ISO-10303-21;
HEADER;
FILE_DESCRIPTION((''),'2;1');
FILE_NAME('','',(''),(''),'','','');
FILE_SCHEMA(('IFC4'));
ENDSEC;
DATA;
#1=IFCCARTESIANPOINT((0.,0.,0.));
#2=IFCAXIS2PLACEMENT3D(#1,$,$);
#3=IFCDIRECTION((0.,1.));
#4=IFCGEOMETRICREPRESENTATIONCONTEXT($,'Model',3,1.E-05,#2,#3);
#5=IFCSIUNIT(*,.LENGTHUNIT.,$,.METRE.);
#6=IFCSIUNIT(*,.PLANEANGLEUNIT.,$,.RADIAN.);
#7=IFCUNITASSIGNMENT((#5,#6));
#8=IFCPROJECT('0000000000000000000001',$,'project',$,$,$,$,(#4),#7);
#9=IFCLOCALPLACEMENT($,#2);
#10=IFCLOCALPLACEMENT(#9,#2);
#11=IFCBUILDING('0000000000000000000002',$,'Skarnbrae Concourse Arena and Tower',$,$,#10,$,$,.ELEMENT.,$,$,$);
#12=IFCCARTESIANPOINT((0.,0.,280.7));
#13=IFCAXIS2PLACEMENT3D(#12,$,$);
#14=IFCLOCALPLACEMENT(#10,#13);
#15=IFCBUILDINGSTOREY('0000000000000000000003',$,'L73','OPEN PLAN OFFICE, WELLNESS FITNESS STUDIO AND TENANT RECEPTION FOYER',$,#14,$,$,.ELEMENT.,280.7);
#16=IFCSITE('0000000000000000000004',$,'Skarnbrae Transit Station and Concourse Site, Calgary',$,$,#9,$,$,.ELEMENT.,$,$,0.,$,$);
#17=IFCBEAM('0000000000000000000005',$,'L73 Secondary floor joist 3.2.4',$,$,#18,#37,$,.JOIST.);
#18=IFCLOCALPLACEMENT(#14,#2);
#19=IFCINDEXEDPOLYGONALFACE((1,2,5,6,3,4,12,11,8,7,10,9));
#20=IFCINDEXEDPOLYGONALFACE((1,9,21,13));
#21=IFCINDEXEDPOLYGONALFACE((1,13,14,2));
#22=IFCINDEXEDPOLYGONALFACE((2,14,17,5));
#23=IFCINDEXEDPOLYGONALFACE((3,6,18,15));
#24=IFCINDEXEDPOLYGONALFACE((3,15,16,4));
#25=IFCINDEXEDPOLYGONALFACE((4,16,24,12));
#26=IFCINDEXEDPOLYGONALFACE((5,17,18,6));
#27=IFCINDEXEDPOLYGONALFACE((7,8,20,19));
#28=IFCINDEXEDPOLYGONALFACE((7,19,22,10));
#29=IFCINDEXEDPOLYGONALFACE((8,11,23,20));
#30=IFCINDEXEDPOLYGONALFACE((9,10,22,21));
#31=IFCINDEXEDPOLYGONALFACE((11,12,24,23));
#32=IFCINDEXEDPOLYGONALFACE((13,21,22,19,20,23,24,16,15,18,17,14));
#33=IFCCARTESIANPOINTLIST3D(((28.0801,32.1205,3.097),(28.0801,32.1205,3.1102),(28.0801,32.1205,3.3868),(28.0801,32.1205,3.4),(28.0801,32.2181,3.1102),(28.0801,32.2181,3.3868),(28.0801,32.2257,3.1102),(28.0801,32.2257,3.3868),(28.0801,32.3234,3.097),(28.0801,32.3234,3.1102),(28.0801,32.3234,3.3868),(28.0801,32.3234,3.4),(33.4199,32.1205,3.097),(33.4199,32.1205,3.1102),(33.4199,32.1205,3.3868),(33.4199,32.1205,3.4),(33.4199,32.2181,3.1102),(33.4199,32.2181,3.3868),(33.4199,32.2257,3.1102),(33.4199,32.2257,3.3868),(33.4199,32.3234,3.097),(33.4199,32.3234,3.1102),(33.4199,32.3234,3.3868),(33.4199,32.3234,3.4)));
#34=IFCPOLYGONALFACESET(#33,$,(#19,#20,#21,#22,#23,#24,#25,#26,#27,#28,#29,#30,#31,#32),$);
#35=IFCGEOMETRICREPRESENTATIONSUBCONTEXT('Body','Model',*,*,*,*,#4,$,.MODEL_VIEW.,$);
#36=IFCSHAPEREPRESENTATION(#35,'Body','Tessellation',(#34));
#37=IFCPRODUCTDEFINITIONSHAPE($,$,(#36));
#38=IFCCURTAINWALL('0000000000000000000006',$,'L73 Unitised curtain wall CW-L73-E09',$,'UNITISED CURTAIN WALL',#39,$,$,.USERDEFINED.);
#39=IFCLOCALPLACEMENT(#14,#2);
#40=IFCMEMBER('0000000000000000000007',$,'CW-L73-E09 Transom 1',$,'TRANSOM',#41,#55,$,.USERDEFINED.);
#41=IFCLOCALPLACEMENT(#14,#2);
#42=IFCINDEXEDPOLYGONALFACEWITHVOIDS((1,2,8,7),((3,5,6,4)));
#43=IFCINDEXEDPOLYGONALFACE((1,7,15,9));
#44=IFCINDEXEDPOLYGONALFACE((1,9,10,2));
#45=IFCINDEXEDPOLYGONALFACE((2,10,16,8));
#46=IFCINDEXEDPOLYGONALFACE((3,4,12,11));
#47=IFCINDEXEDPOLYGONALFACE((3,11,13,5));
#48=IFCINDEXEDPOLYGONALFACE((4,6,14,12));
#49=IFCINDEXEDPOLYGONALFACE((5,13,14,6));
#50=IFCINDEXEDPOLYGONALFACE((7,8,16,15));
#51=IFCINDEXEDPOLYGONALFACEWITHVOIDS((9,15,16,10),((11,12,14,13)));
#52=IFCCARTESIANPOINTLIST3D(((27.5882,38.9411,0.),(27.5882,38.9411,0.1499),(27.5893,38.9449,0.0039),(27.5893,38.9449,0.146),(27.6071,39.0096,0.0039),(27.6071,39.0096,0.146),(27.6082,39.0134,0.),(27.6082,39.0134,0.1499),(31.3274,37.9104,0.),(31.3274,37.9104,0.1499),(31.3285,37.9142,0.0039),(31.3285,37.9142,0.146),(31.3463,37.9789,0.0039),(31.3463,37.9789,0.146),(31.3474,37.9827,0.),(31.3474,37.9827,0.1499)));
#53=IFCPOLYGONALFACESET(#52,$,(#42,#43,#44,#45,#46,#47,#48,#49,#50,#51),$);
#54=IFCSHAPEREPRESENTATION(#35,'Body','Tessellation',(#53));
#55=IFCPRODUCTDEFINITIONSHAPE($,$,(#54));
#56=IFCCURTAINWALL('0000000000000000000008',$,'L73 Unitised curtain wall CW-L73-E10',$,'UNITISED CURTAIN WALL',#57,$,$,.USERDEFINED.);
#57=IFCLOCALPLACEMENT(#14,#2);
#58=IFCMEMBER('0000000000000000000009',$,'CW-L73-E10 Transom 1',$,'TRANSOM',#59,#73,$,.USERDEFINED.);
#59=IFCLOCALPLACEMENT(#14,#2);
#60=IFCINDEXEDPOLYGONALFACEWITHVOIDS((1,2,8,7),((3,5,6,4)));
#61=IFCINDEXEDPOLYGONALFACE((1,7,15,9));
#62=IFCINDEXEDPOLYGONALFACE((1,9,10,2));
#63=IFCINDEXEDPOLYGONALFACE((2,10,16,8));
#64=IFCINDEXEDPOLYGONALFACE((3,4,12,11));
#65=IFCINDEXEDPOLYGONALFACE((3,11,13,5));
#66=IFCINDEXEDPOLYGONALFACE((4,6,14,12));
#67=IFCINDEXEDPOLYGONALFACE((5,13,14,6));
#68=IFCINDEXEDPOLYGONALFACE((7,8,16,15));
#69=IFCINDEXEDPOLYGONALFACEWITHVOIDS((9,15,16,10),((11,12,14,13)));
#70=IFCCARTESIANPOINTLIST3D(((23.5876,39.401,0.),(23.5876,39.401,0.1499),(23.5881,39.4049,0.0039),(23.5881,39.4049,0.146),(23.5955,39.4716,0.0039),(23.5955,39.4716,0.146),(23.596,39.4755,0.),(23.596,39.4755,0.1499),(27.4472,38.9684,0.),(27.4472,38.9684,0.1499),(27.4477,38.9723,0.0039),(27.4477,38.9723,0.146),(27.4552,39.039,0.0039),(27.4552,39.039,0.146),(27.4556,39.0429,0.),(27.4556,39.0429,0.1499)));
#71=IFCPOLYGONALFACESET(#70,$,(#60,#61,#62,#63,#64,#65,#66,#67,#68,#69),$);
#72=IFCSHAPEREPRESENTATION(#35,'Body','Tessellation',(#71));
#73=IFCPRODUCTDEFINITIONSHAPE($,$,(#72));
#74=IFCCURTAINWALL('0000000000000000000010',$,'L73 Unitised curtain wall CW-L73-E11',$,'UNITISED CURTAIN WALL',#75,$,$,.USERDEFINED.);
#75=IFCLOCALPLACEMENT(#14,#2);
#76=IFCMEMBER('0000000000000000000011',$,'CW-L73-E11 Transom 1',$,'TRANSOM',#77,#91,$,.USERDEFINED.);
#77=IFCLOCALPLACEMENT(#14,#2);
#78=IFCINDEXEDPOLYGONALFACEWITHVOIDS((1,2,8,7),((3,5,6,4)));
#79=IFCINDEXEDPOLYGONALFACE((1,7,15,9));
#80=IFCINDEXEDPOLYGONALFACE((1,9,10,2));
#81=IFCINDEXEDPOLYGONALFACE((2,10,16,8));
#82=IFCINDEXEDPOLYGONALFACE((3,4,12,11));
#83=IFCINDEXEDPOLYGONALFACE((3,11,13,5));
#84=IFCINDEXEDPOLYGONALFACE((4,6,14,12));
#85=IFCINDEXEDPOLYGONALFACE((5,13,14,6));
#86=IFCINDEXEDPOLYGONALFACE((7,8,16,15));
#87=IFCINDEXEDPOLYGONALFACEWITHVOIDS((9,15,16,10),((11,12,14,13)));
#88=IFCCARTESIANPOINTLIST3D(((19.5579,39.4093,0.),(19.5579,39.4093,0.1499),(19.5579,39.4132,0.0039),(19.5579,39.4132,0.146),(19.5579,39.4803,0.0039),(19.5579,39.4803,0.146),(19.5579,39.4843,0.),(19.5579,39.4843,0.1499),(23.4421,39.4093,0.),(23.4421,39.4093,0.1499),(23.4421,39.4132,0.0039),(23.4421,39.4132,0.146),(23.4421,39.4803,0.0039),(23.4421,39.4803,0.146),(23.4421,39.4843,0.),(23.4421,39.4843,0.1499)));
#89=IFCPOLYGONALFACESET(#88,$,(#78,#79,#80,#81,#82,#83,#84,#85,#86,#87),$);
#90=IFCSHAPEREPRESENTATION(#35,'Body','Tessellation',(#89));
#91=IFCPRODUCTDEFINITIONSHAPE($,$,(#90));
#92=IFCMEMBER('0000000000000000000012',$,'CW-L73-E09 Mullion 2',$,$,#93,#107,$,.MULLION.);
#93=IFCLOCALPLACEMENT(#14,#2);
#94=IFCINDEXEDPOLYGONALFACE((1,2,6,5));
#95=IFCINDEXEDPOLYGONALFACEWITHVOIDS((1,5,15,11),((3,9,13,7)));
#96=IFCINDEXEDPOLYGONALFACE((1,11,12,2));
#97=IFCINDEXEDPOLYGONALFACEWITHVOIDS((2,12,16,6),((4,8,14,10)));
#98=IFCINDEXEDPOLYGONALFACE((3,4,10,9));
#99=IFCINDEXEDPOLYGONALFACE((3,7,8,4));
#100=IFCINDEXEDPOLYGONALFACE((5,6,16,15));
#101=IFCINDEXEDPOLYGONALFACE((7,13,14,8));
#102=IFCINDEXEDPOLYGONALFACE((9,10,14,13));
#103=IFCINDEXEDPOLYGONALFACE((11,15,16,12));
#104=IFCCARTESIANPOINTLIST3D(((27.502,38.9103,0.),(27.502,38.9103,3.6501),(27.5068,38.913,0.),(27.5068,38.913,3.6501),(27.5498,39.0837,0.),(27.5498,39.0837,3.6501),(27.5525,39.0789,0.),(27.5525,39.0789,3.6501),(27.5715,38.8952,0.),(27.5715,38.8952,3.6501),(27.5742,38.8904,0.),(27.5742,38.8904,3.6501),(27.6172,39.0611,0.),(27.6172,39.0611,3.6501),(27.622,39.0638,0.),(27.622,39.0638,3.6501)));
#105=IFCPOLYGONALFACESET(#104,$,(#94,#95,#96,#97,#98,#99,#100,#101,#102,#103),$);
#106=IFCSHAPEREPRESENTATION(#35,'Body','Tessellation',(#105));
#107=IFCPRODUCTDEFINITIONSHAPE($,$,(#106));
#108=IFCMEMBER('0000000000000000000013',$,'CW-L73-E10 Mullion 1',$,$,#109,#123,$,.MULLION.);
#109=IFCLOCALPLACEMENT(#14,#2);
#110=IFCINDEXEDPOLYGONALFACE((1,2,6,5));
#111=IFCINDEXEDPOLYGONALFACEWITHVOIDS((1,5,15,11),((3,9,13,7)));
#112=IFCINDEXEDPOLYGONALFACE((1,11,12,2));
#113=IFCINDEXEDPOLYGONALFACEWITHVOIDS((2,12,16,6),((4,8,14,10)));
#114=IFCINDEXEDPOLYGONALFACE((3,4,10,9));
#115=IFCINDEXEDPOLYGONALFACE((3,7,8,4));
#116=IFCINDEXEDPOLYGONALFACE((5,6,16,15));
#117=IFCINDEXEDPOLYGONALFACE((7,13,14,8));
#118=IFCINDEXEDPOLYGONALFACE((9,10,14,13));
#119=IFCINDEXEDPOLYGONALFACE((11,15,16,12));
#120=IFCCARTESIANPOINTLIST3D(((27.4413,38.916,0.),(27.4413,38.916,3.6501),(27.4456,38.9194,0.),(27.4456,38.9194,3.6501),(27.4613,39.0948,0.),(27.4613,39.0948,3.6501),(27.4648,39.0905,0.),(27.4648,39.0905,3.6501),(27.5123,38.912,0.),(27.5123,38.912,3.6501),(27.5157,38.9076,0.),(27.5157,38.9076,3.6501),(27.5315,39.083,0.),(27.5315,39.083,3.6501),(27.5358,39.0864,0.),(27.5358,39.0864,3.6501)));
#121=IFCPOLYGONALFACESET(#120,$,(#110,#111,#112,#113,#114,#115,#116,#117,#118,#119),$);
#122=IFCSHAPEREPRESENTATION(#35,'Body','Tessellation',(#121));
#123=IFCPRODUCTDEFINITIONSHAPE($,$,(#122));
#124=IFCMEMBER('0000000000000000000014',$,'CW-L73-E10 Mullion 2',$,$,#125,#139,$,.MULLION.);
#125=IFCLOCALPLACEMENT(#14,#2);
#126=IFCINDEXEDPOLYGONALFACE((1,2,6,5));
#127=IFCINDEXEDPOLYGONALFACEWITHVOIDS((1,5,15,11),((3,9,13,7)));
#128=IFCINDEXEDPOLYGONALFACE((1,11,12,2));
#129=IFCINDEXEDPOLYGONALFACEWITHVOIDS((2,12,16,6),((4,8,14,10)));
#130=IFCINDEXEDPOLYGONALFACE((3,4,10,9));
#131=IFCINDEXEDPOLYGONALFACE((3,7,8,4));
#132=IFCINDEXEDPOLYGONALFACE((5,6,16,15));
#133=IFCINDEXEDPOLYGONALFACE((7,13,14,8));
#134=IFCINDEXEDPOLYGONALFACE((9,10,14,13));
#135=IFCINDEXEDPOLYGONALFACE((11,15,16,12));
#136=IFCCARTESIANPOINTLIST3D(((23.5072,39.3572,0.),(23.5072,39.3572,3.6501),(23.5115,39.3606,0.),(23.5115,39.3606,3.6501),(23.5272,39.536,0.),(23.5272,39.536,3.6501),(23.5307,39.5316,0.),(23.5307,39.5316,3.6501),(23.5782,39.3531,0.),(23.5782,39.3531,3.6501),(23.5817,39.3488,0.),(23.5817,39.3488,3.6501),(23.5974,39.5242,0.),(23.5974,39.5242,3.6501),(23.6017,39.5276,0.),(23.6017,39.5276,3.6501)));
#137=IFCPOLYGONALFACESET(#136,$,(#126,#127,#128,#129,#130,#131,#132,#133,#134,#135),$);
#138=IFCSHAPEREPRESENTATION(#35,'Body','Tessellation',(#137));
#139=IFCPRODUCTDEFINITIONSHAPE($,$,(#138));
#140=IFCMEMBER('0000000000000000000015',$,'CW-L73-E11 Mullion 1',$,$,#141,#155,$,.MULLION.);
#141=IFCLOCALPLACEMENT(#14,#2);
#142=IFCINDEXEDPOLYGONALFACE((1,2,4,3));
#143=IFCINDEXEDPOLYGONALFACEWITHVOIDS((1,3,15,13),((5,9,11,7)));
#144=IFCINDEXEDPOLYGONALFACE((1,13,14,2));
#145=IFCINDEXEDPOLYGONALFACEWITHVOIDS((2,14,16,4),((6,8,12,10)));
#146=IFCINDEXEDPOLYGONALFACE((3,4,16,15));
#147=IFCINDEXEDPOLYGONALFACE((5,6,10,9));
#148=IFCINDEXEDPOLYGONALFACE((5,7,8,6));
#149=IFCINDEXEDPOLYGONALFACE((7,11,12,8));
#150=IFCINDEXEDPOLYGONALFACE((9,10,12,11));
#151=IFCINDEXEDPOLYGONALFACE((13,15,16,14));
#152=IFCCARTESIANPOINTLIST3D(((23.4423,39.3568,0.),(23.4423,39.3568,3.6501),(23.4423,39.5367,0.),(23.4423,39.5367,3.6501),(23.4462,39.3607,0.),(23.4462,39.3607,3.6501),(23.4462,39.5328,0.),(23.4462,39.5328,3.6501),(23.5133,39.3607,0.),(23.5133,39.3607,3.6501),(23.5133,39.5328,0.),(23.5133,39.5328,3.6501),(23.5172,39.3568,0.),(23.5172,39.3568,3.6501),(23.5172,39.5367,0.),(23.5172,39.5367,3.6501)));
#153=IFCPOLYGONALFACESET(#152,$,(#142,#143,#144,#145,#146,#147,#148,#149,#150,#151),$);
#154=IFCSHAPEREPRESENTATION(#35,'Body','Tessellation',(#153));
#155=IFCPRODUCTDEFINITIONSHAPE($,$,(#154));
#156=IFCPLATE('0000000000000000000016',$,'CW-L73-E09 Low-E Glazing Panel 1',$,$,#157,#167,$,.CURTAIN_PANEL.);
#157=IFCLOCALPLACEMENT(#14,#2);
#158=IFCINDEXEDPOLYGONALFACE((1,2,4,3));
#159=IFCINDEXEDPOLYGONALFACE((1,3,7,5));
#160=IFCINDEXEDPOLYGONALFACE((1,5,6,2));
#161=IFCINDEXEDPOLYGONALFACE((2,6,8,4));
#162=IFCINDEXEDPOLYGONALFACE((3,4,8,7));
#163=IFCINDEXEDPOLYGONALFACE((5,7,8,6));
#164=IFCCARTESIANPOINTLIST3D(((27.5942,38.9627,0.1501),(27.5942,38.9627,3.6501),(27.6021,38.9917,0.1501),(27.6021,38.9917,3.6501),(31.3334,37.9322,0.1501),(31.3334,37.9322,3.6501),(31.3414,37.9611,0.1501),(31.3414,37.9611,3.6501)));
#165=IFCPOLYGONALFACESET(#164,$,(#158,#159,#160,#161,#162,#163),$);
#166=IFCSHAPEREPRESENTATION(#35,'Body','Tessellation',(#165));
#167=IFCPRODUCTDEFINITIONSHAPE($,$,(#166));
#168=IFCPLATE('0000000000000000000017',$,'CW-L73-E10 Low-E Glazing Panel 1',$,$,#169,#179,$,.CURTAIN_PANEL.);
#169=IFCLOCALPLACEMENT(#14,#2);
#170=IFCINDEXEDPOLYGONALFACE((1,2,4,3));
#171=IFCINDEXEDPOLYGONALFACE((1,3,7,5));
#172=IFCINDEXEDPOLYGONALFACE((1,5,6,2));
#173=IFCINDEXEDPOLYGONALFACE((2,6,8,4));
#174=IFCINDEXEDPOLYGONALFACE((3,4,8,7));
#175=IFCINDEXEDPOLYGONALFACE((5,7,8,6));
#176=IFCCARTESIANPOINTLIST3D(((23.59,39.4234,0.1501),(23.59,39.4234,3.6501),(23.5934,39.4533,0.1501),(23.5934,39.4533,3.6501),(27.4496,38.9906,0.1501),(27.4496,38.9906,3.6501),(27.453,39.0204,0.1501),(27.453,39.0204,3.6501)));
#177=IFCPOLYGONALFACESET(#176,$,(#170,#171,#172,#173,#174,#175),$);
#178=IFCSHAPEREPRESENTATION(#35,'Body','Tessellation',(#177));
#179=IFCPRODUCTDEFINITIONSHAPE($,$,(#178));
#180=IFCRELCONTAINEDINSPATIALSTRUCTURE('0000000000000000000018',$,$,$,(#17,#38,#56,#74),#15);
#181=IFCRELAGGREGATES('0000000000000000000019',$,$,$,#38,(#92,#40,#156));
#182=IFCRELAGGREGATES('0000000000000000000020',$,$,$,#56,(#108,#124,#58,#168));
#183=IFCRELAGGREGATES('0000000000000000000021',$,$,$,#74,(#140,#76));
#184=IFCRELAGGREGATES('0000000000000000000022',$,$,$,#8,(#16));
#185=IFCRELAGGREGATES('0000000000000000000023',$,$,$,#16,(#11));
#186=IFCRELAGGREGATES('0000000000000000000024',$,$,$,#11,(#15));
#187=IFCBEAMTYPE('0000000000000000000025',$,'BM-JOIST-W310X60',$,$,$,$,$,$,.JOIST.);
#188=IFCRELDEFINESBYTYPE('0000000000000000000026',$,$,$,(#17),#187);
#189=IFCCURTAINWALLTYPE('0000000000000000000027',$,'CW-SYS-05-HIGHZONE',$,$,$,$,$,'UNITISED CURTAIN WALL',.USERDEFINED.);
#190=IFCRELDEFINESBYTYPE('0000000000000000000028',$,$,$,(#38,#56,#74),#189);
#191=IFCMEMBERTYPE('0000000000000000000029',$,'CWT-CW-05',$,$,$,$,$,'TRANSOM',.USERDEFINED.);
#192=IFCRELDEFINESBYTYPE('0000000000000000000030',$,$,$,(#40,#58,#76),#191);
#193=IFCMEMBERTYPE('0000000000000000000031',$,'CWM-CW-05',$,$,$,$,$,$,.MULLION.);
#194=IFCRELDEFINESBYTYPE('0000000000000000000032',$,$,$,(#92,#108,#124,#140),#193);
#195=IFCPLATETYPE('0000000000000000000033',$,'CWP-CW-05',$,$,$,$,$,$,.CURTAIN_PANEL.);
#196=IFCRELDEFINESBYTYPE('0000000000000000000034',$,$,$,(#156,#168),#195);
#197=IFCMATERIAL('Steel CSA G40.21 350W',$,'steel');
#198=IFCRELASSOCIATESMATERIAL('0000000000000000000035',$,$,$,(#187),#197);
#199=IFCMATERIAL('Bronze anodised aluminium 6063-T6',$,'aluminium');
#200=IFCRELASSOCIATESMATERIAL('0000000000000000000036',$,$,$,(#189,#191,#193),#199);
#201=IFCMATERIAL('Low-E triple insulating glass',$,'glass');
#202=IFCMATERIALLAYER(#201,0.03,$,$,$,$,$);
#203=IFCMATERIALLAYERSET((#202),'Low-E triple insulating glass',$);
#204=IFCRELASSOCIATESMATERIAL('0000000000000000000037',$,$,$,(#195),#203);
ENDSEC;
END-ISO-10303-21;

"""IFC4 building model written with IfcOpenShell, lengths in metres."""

from ifc_helpers import new_model, si_unit, direction, frame, origin, origin_2d, place, context, subcontext, project, spatial, rectangle, hollow_rectangle, i_section, extrude, source, transform, mapped, material, layer, layer_set, material_profile, profile_set, type_object, element, aggregate, save


model = new_model("IFC4")

# Units and contexts
model_context = context("Model", 3, precision=1e-05, world=origin(), true_north=direction((0.0, 1.0)))
body_context = subcontext(model_context, "Body", "Model", "MODEL_VIEW")
ifc_project = project(units=[si_unit("LENGTHUNIT", "METRE"), si_unit("PLANEANGLEUNIT", "RADIAN")], contexts=[model_context])

# Site, building, storey
site_placement = place(None, origin())
site = spatial("IfcSite", under=ifc_project, at=site_placement, Name="Skarnbrae Transit Station and Concourse Site, Calgary", CompositionType="ELEMENT", RefElevation=0.0)
building_placement = place(site_placement, origin())
building = spatial("IfcBuilding", under=site, at=building_placement, Name="Skarnbrae Concourse Arena and Tower", CompositionType="ELEMENT")
storey_placement = place(building_placement, frame((0.0, 0.0, 280.7)))
storey = spatial("IfcBuildingStorey", under=building, at=storey_placement, Name="L73", Description="OPEN PLAN OFFICE, WELLNESS FITNESS STUDIO AND TENANT RECEPTION FOYER", CompositionType="ELEMENT", Elevation=280.7)

# Shared definitions
ifc_material_1 = material(Name="Steel CSA G40.21 350W", Category="steel")

# Beam
ifc_material_profile_1 = material_profile(ifc_material_1, i_section(OverallWidth=0.2029, OverallDepth=0.303, WebThickness=0.0076, FlangeThickness=0.0132, at=origin_2d()), Name="W310X60")
ifc_profile_set_1 = profile_set([ifc_material_profile_1], Name="Steel CSA G40.21 350W")
beam_type_1 = type_object("IfcBeamType", Name="BM-JOIST-W310X60", PredefinedType="JOIST", material=ifc_profile_set_1)
shared_shape_1 = source(origin(), body_context, "Body", "SweptSolid", [
    extrude(i_section(OverallWidth=0.2029, OverallDepth=0.303, WebThickness=0.0076, FlangeThickness=0.0132, at=origin_2d()), origin(), (0.0, 0.0, 1.0), 5.3398),
])
for number, where, z_axis, x_axis, name in (
    (1, (28.0801, 32.2219, 3.2485), (1.0, 0.0, 0.0), (0.0, 1.0, 0.0), "L73 Secondary floor joist 3.2.4"),
):
    element("IfcBeam", number, at=place(storey_placement, frame(where, z_axis=z_axis, x_axis=x_axis)), inside=storey, type_object=beam_type_1, Name=name, PredefinedType="JOIST", context=body_context, shape_type="MappedRepresentation", body=[
        mapped(shared_shape_1, transform((0.0, 0.0, 0.0))),
    ])

# Curtain walls, members
ifc_material_2 = material(Name="Bronze anodised aluminium 6063-T6", Category="aluminium")
curtain_wall_type = type_object("IfcCurtainWallType", Name="CW-SYS-05-HIGHZONE", ElementType="UNITISED CURTAIN WALL", PredefinedType="USERDEFINED", material=ifc_material_2)
curtain_wall_1_placement = place(storey_placement, origin())
curtain_wall_1 = element("IfcCurtainWall", 2, at=curtain_wall_1_placement, inside=storey, type_object=curtain_wall_type, Name="L73 Unitised curtain wall CW-L73-E09", ObjectType="UNITISED CURTAIN WALL", PredefinedType="USERDEFINED")
ifc_material_profile_2 = material_profile(ifc_material_2, hollow_rectangle(XDim=0.075, YDim=0.1499, WallThickness=0.0039, at=origin_2d()), Name="ALU-TRAN-75X150")
ifc_profile_set_2 = profile_set([ifc_material_profile_2], Name="Bronze anodised aluminium 6063-T6")
member_type_1 = type_object("IfcMemberType", Name="CWT-CW-05", ElementType="TRANSOM", PredefinedType="USERDEFINED", material=ifc_profile_set_2)
shared_shape_2 = source(origin(), body_context, "Body", "SweptSolid", [
    extrude(hollow_rectangle(XDim=0.075, YDim=0.1499, WallThickness=0.0039, at=origin_2d()), origin(), (0.0, 0.0, 1.0), 3.8787),
])
member_1_placement = place(storey_placement, frame((31.3374, 37.9465, 0.075), z_axis=(-0.964043, 0.265747, 0.0), x_axis=(-0.265747, -0.964043, 0.0)))
member_1 = element("IfcMember", 3, at=member_1_placement, type_object=member_type_1, Name="CW-L73-E09 Transom 1", ObjectType="TRANSOM", PredefinedType="USERDEFINED", context=body_context, shape_type="MappedRepresentation", body=[
    mapped(shared_shape_2, transform((0.0, 0.0, 0.0))),
])
curtain_wall_2_placement = place(storey_placement, origin())
curtain_wall_2 = element("IfcCurtainWall", 4, at=curtain_wall_2_placement, inside=storey, type_object=curtain_wall_type, Name="L73 Unitised curtain wall CW-L73-E10", ObjectType="UNITISED CURTAIN WALL", PredefinedType="USERDEFINED")
shared_shape_3 = source(origin(), body_context, "Body", "SweptSolid", [
    extrude(hollow_rectangle(XDim=0.075, YDim=0.1499, WallThickness=0.0039, at=origin_2d()), origin(), (0.0, 0.0, 1.0), 3.8838),
])
member_2_placement = place(storey_placement, frame((27.4514, 39.0056, 0.075), z_axis=(-0.993777, 0.11139, 0.0), x_axis=(-0.11139, -0.993777, 0.0)))
member_2 = element("IfcMember", 5, at=member_2_placement, type_object=member_type_1, Name="CW-L73-E10 Transom 1", ObjectType="TRANSOM", PredefinedType="USERDEFINED", context=body_context, shape_type="MappedRepresentation", body=[
    mapped(shared_shape_3, transform((0.0, 0.0, 0.0))),
])
curtain_wall_3_placement = place(storey_placement, origin())
curtain_wall_3 = element("IfcCurtainWall", 6, at=curtain_wall_3_placement, inside=storey, type_object=curtain_wall_type, Name="L73 Unitised curtain wall CW-L73-E11", ObjectType="UNITISED CURTAIN WALL", PredefinedType="USERDEFINED")
shared_shape_4 = source(origin(), body_context, "Body", "SweptSolid", [
    extrude(hollow_rectangle(XDim=0.075, YDim=0.1499, WallThickness=0.0039, at=origin_2d()), origin(), (0.0, 0.0, 1.0), 3.8843),
])
member_3_placement = place(storey_placement, frame((23.4421, 39.4468, 0.075), z_axis=(-1.0, 0.0, 0.0), x_axis=(0.0, -1.0, 0.0)))
member_3 = element("IfcMember", 7, at=member_3_placement, type_object=member_type_1, Name="CW-L73-E11 Transom 1", ObjectType="TRANSOM", PredefinedType="USERDEFINED", context=body_context, shape_type="MappedRepresentation", body=[
    mapped(shared_shape_4, transform((0.0, 0.0, 0.0))),
])

# Members
ifc_material_profile_3 = material_profile(ifc_material_2, hollow_rectangle(XDim=0.075, YDim=0.1799, WallThickness=0.0039, at=origin_2d()), Name="ALU-MULL-75X180")
ifc_profile_set_3 = profile_set([ifc_material_profile_3], Name="Bronze anodised aluminium 6063-T6")
member_type_2 = type_object("IfcMemberType", Name="CWM-CW-05", PredefinedType="MULLION", material=ifc_profile_set_3)
shared_shape_5 = source(origin(), body_context, "Body", "SweptSolid", [
    extrude(hollow_rectangle(XDim=0.075, YDim=0.1799, WallThickness=0.0039, at=origin_2d()), origin(), (0.0, 0.0, 1.0), 3.6501),
])
member_4_placement = place(storey_placement, frame((27.562, 38.9871, 0.0), z_axis=(0.0, 0.0, 1.0), x_axis=(-0.964057, 0.265694, 0.0)))
member_4 = element("IfcMember", 8, at=member_4_placement, type_object=member_type_2, Name="CW-L73-E09 Mullion 2", PredefinedType="MULLION", context=body_context, shape_type="MappedRepresentation", body=[
    mapped(shared_shape_5, transform((0.0, 0.0, 0.0))),
])
member_5_placement = place(storey_placement, frame((27.4885, 39.0012, 0.0), z_axis=(0.0, 0.0, 1.0), x_axis=(-0.993769, 0.11146, 0.0)))
member_5 = element("IfcMember", 9, at=member_5_placement, type_object=member_type_2, Name="CW-L73-E10 Mullion 1", PredefinedType="MULLION", context=body_context, shape_type="MappedRepresentation", body=[
    mapped(shared_shape_5, transform((0.0, 0.0, 0.0))),
])
member_6_placement = place(storey_placement, frame((23.5544, 39.4424, 0.0), z_axis=(0.0, 0.0, 1.0), x_axis=(-0.993769, 0.11146, 0.0)))
member_6 = element("IfcMember", 10, at=member_6_placement, type_object=member_type_2, Name="CW-L73-E10 Mullion 2", PredefinedType="MULLION", context=body_context, shape_type="MappedRepresentation", body=[
    mapped(shared_shape_5, transform((0.0, 0.0, 0.0))),
])
member_7_placement = place(storey_placement, frame((23.4797, 39.4468, 0.0), z_axis=(0.0, 0.0, 1.0), x_axis=(-1.0, 0.0, 0.0)))
member_7 = element("IfcMember", 11, at=member_7_placement, type_object=member_type_2, Name="CW-L73-E11 Mullion 1", PredefinedType="MULLION", context=body_context, shape_type="MappedRepresentation", body=[
    mapped(shared_shape_5, transform((0.0, 0.0, 0.0))),
])

# Plates
ifc_material_3 = material(Name="Low-E triple insulating glass", Category="glass")
ifc_layer_1 = layer(ifc_material_3, 0.03)
ifc_layer_set_1 = layer_set([ifc_layer_1], Name="Low-E triple insulating glass")
plate_type = type_object("IfcPlateType", Name="CWP-CW-05", PredefinedType="CURTAIN_PANEL", material=ifc_layer_set_1)
shared_shape_6 = source(origin(), body_context, "Body", "SweptSolid", [
    extrude(rectangle(XDim=3.8787, YDim=0.03, at=origin_2d()), origin(), (0.0, 0.0, 1.0), 3.5),
])
plate_1_placement = place(storey_placement, frame((29.4678, 38.4619, 0.1501), z_axis=(0.0, 0.0, 1.0), x_axis=(-0.964057, 0.265694, 0.0)))
plate_1 = element("IfcPlate", 12, at=plate_1_placement, type_object=plate_type, Name="CW-L73-E09 Low-E Glazing Panel 1", PredefinedType="CURTAIN_PANEL", context=body_context, shape_type="MappedRepresentation", body=[
    mapped(shared_shape_6, transform((0.0, 0.0, 0.0))),
])
aggregate(curtain_wall_1, [member_4, member_1, plate_1])
shared_shape_7 = source(origin(), body_context, "Body", "SweptSolid", [
    extrude(rectangle(XDim=3.8838, YDim=0.03, at=origin_2d()), origin(), (0.0, 0.0, 1.0), 3.5),
])
plate_2_placement = place(storey_placement, frame((25.5215, 39.2219, 0.1501), z_axis=(0.0, 0.0, 1.0), x_axis=(-0.993769, 0.11146, 0.0)))
plate_2 = element("IfcPlate", 13, at=plate_2_placement, type_object=plate_type, Name="CW-L73-E10 Low-E Glazing Panel 1", PredefinedType="CURTAIN_PANEL", context=body_context, shape_type="MappedRepresentation", body=[
    mapped(shared_shape_7, transform((0.0, 0.0, 0.0))),
])
aggregate(curtain_wall_2, [member_5, member_6, member_2, plate_2])
aggregate(curtain_wall_3, [member_7, member_3])

save(model, "model.ifc")
